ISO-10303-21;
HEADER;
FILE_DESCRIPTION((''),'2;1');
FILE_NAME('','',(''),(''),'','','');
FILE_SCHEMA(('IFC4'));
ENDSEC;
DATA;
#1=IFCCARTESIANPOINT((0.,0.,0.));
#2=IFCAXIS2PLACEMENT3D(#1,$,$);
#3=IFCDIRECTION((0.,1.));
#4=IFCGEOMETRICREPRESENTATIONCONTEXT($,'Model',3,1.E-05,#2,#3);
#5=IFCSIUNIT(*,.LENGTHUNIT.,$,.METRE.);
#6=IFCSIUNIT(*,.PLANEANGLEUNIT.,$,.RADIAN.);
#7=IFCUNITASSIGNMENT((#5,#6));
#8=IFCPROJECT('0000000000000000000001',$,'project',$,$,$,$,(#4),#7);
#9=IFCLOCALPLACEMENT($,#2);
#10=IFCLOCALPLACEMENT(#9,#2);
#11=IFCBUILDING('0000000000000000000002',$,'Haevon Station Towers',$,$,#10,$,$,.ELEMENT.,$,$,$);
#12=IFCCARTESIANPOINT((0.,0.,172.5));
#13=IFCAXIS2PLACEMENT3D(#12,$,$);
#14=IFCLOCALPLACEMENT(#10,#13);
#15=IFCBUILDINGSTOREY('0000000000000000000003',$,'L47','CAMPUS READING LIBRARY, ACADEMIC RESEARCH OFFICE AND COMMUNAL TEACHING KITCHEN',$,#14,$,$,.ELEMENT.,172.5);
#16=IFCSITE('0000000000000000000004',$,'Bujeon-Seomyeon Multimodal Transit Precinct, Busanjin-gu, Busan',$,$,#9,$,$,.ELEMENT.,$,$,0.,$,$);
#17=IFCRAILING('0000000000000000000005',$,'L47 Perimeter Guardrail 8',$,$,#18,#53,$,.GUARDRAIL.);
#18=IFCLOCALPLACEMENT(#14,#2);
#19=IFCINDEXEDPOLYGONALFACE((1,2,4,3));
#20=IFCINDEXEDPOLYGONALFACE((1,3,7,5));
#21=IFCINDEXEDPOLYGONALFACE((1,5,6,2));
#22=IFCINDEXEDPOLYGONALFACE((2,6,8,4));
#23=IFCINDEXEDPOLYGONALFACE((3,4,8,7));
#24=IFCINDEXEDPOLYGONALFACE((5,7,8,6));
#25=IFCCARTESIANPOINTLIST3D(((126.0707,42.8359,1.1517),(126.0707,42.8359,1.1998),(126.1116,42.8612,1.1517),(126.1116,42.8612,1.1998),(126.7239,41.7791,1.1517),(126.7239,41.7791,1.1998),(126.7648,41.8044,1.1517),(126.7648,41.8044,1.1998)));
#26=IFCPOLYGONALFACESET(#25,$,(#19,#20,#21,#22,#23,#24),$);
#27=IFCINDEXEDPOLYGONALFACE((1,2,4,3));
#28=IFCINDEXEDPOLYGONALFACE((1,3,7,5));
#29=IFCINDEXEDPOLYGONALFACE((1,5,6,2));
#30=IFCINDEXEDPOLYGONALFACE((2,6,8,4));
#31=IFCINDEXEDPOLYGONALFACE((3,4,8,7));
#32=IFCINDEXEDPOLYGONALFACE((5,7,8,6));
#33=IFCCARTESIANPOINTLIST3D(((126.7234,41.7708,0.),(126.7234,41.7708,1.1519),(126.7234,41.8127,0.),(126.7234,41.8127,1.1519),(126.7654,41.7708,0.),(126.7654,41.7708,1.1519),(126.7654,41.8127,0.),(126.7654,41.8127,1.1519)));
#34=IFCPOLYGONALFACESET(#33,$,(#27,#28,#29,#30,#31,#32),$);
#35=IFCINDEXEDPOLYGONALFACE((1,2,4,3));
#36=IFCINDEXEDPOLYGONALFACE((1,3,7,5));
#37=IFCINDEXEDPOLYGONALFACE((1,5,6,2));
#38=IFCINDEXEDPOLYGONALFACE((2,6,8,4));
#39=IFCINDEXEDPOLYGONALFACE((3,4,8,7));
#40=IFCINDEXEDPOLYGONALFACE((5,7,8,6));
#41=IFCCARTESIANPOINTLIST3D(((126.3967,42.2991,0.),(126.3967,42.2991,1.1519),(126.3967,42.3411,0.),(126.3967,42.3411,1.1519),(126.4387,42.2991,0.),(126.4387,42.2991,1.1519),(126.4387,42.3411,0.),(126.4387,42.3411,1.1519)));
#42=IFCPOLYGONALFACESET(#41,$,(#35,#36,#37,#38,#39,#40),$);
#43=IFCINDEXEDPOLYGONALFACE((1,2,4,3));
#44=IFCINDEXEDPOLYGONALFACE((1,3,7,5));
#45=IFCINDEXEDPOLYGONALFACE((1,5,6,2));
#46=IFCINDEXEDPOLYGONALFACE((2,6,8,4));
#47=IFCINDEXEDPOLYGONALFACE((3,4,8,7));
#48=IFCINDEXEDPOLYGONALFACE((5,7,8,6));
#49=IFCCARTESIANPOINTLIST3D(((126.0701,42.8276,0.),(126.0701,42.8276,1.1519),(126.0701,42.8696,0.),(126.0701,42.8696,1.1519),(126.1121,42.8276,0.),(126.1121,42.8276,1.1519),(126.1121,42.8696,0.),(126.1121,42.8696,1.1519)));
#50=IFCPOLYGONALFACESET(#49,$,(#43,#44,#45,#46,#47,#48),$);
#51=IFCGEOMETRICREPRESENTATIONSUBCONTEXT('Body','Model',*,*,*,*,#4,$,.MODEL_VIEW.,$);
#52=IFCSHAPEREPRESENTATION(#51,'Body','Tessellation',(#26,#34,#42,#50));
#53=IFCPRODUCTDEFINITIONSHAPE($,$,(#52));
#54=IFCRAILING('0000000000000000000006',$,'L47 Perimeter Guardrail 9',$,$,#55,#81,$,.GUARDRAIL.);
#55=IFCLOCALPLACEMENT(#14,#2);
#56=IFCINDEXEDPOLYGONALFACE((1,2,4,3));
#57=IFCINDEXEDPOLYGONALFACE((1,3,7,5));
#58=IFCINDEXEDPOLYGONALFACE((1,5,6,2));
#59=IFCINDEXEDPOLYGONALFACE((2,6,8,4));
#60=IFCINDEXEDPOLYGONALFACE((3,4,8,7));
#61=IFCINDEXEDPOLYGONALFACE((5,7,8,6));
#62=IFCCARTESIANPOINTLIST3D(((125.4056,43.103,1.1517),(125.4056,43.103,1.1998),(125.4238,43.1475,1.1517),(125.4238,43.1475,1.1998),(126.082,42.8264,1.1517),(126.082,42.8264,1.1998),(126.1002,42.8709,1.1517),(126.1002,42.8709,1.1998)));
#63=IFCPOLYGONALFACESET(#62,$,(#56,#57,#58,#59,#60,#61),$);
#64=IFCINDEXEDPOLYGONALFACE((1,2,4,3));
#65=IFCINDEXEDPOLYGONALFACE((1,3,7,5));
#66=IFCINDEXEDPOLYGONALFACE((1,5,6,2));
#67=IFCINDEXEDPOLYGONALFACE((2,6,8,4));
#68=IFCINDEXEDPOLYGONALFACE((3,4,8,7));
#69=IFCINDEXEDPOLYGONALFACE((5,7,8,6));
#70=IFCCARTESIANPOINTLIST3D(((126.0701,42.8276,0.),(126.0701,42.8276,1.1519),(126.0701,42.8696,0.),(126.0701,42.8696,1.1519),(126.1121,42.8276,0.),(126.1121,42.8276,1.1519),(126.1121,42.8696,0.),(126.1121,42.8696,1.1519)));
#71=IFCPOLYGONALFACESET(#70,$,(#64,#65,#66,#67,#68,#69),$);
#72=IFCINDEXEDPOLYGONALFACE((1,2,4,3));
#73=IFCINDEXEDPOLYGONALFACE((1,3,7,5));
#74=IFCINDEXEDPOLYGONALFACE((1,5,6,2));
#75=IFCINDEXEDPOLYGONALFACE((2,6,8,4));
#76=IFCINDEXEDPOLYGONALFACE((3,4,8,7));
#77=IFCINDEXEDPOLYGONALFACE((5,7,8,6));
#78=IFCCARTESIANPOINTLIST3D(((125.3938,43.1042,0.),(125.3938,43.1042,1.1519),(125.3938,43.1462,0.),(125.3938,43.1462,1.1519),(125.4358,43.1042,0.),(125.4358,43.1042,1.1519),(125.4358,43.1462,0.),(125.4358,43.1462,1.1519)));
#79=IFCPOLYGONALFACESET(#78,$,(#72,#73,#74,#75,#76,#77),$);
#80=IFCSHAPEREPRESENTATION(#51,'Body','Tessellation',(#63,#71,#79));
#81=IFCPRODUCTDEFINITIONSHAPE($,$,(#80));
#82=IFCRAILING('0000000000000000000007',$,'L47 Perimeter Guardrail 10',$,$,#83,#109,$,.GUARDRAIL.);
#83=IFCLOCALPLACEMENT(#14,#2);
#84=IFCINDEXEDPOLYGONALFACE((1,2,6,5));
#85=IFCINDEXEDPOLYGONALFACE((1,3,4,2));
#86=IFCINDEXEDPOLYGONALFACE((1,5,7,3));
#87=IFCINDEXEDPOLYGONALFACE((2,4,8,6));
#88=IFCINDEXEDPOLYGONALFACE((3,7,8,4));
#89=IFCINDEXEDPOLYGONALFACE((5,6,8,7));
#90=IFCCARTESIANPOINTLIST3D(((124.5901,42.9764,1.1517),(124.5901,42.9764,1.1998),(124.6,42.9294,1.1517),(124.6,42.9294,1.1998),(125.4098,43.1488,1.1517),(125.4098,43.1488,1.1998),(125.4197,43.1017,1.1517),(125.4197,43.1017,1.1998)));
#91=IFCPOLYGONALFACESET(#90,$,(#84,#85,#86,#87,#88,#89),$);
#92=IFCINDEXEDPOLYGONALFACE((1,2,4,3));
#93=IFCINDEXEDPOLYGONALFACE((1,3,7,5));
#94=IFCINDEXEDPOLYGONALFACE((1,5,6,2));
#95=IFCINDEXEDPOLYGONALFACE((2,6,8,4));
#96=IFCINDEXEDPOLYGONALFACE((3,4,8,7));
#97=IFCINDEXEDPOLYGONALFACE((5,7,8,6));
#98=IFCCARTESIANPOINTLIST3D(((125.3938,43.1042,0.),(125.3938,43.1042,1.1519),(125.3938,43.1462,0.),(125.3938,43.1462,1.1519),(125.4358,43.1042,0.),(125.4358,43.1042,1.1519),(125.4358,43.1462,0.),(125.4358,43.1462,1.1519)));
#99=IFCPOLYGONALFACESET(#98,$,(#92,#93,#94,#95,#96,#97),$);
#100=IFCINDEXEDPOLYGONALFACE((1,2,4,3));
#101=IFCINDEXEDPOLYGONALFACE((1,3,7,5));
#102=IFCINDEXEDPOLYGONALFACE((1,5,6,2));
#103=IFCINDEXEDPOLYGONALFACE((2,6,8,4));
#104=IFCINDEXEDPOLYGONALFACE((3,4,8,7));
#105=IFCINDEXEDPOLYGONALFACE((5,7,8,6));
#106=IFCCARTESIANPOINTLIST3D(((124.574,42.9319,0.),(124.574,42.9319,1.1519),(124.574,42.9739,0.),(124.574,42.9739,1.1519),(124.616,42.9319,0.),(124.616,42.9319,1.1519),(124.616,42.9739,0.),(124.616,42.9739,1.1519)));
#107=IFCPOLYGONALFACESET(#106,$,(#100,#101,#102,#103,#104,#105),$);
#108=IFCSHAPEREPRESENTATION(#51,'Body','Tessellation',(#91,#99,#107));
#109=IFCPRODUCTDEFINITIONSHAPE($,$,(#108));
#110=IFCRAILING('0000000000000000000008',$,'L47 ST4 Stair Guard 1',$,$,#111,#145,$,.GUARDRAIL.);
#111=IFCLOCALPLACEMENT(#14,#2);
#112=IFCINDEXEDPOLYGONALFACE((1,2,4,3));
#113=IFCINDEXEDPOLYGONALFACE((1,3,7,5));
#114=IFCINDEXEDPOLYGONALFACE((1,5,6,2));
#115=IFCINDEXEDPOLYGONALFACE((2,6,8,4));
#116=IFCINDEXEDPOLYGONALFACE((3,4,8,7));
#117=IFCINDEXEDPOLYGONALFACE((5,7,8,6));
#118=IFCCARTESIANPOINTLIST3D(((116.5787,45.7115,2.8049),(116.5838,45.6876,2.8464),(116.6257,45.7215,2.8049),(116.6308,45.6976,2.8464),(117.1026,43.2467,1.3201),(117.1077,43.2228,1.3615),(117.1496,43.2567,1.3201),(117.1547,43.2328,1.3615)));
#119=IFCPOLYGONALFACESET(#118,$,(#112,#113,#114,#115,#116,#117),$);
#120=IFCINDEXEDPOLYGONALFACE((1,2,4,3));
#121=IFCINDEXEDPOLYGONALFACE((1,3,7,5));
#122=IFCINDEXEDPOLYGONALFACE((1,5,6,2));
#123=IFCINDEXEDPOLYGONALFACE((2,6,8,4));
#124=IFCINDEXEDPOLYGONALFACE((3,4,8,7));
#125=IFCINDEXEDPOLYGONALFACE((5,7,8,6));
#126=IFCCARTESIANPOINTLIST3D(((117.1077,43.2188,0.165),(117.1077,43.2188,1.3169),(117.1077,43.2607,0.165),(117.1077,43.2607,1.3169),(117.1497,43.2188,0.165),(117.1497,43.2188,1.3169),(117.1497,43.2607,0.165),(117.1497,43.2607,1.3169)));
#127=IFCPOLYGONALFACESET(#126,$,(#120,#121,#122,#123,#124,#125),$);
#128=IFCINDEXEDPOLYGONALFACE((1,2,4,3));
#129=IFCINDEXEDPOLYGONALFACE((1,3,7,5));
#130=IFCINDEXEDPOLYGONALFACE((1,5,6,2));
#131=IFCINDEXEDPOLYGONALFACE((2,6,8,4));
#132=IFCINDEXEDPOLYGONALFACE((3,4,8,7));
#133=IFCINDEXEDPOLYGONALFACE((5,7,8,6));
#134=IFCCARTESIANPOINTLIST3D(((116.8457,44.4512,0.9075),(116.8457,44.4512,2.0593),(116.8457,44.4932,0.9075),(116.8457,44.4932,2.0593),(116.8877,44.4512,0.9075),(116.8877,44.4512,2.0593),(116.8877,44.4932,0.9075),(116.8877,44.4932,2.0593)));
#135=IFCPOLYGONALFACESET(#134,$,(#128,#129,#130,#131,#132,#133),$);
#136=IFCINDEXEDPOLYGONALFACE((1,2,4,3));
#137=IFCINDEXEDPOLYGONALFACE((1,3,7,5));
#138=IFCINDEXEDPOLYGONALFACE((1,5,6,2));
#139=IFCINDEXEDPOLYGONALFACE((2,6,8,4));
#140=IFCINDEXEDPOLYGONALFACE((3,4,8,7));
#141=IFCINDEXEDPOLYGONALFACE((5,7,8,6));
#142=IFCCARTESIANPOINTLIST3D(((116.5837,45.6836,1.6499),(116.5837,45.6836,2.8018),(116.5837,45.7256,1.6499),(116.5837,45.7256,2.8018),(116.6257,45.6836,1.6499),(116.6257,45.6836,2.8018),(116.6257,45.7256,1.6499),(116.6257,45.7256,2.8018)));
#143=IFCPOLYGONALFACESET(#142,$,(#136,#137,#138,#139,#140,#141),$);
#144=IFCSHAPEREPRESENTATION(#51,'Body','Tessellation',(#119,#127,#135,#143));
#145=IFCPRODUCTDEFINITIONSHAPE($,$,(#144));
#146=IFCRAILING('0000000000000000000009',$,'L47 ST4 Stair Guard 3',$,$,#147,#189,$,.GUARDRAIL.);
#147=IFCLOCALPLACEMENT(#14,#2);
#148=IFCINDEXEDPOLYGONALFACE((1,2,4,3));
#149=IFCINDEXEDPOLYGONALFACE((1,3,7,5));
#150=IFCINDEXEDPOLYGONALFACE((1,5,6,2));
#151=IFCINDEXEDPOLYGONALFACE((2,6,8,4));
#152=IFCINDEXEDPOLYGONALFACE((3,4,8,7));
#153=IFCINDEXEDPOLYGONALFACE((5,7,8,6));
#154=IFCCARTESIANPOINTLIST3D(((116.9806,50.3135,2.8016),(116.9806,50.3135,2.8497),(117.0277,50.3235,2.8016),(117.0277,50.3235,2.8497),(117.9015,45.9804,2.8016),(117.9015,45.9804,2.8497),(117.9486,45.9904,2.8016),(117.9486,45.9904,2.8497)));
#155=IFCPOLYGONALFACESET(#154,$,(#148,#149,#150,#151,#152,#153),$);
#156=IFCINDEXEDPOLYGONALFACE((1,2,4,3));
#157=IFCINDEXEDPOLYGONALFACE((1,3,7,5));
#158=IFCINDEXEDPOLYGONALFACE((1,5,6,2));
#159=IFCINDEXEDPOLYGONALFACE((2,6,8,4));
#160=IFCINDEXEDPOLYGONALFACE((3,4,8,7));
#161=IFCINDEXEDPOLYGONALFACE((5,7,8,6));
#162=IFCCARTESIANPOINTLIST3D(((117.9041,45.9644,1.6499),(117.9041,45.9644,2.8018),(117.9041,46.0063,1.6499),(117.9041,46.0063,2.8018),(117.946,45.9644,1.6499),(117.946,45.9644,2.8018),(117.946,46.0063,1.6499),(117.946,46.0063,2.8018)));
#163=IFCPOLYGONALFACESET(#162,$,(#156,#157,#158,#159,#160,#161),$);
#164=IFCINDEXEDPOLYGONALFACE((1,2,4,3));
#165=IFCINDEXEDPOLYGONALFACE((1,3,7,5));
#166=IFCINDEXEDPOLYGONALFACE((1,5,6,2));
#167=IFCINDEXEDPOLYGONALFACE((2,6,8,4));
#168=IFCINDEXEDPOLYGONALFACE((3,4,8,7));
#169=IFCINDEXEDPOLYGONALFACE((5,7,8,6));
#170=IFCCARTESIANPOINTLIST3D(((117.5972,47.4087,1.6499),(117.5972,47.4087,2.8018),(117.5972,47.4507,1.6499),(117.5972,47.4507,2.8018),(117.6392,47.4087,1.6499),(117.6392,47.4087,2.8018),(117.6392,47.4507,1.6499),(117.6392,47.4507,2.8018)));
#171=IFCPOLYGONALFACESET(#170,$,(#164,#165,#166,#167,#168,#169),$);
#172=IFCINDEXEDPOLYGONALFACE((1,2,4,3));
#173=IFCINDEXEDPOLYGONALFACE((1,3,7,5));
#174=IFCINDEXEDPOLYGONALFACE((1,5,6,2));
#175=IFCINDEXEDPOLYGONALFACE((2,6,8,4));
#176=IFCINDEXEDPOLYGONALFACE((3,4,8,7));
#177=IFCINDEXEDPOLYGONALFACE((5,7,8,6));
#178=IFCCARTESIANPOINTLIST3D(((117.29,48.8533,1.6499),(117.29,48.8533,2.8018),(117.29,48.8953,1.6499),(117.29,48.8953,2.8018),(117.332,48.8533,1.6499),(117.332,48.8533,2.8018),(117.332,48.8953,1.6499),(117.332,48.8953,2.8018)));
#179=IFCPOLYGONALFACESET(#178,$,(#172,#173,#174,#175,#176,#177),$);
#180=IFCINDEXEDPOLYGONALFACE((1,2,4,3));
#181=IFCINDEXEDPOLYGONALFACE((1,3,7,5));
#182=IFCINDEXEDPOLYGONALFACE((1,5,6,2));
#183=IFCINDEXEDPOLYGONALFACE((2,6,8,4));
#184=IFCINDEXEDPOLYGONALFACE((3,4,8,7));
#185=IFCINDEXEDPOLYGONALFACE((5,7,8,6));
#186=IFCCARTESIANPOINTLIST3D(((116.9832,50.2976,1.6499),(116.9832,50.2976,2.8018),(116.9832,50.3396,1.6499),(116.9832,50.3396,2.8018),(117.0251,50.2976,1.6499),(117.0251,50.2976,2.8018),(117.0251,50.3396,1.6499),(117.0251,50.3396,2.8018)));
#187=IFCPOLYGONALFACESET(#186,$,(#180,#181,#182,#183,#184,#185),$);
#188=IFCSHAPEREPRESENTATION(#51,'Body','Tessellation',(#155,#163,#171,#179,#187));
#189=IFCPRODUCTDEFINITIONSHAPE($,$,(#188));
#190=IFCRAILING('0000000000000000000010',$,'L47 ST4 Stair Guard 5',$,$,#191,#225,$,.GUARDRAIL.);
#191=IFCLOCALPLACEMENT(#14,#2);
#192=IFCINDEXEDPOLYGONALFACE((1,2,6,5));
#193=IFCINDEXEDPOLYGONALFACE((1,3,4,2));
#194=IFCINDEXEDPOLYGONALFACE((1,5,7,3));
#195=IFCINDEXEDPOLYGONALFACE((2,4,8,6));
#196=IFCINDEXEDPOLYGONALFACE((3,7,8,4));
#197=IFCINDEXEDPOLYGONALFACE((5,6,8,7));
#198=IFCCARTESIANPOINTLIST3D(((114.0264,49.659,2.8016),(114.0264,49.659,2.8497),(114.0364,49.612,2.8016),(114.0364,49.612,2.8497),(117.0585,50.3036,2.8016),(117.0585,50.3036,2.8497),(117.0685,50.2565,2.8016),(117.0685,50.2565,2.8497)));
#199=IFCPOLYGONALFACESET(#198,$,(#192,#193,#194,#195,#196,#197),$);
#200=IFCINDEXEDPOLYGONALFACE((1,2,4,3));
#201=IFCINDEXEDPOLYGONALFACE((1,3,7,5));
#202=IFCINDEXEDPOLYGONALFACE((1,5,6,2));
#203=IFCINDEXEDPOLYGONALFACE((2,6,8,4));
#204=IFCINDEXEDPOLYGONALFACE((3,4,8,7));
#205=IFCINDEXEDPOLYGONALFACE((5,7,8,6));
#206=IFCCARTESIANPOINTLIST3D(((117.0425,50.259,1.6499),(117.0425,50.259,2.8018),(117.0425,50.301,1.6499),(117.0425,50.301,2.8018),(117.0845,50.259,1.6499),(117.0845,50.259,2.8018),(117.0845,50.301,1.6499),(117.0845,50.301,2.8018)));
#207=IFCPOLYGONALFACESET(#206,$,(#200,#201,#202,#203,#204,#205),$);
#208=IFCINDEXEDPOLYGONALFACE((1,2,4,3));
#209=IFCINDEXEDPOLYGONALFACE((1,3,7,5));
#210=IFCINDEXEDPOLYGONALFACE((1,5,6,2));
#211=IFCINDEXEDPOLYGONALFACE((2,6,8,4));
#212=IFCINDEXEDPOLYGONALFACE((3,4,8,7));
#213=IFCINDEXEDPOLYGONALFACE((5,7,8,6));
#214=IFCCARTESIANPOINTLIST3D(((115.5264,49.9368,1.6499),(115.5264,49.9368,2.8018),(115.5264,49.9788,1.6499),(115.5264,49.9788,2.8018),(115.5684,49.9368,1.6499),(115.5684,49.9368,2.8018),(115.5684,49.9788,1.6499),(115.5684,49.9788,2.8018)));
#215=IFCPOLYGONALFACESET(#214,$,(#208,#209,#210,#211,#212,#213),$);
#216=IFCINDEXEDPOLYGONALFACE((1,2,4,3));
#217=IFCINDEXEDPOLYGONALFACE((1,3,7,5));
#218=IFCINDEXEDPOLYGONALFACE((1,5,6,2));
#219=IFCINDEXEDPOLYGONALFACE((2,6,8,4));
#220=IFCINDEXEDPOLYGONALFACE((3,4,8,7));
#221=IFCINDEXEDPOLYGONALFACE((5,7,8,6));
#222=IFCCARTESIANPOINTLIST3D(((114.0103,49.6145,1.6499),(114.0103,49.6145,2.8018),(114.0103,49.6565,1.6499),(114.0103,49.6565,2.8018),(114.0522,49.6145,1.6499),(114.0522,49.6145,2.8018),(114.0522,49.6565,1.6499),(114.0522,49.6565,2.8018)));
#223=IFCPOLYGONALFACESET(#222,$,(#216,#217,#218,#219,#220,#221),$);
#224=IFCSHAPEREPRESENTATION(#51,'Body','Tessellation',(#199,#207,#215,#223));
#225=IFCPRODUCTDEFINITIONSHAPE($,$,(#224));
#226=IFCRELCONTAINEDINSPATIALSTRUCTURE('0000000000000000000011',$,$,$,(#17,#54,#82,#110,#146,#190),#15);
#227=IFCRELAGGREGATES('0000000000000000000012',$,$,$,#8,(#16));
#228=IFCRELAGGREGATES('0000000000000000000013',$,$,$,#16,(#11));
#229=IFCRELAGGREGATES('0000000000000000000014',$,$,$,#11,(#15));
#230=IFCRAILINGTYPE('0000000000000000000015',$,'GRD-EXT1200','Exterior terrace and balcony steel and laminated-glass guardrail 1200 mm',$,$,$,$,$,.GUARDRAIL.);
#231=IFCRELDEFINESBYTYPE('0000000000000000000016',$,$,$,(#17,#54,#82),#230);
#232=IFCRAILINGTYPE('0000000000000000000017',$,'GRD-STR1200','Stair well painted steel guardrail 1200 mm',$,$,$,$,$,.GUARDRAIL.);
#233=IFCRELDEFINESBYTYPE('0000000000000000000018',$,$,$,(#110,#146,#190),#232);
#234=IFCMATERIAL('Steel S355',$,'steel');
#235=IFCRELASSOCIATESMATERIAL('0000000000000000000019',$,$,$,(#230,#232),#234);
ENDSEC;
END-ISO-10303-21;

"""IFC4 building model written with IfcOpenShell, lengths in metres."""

from ifc_helpers import new_model, si_unit, direction, frame, origin, origin_2d, place, context, subcontext, project, spatial, rectangle, extrude, material, type_object, element, save


model = new_model("IFC4")

# Units and contexts
model_context = context("Model", 3, precision=1e-05, world=origin(), true_north=direction((0.0, 1.0)))
body_context = subcontext(model_context, "Body", "Model", "MODEL_VIEW")
ifc_project = project(units=[si_unit("LENGTHUNIT", "METRE"), si_unit("PLANEANGLEUNIT", "RADIAN")], contexts=[model_context])

# Site, building, storey
site_placement = place(None, origin())
site = spatial("IfcSite", under=ifc_project, at=site_placement, Name="Bujeon-Seomyeon Multimodal Transit Precinct, Busanjin-gu, Busan", CompositionType="ELEMENT", RefElevation=0.0)
building_placement = place(site_placement, origin())
building = spatial("IfcBuilding", under=site, at=building_placement, Name="Haevon Station Towers", CompositionType="ELEMENT")
storey_placement = place(building_placement, frame((0.0, 0.0, 172.5)))
storey = spatial("IfcBuildingStorey", under=building, at=storey_placement, Name="L47", Description="CAMPUS READING LIBRARY, ACADEMIC RESEARCH OFFICE AND COMMUNAL TEACHING KITCHEN", CompositionType="ELEMENT", Elevation=172.5)

# Shared definitions
ifc_material_1 = material(Name="Steel S355", Category="steel")

# Railings
railing_type_1 = type_object("IfcRailingType", Name="GRD-EXT1200", Description="Exterior terrace and balcony steel and laminated-glass guardrail 1200 mm", PredefinedType="GUARDRAIL", material=ifc_material_1)
railing_1_placement = place(storey_placement, frame((126.7444, 41.7917, 0.0)))
element("IfcRailing", 1, at=railing_1_placement, inside=storey, type_object=railing_type_1, Name="L47 Perimeter Guardrail 8", PredefinedType="GUARDRAIL", context=body_context, shape_type="SweptSolid", body=[
    extrude(rectangle(XDim=0.0481, YDim=0.0481, at=origin_2d()), frame((0.0, 0.0, 1.1758), z_axis=(-0.525807, 0.850604, 0.0), x_axis=(-0.850604, -0.525807, 0.0)), (0.0, 0.0, 1.0), 1.2424),
    extrude(rectangle(XDim=0.042, YDim=0.042, at=origin_2d()), origin(), (0.0, 0.0, 1.0), 1.1519),
    extrude(rectangle(XDim=0.042, YDim=0.042, at=origin_2d()), frame((-0.3267, 0.5283, 0.0)), (0.0, 0.0, 1.0), 1.1519),
    extrude(rectangle(XDim=0.042, YDim=0.042, at=origin_2d()), frame((-0.6533, 1.0569, 0.0)), (0.0, 0.0, 1.0), 1.1519),
])
railing_2_placement = place(storey_placement, frame((126.0911, 42.8486, 0.0)))
element("IfcRailing", 2, at=railing_2_placement, inside=storey, type_object=railing_type_1, Name="L47 Perimeter Guardrail 9", PredefinedType="GUARDRAIL", context=body_context, shape_type="SweptSolid", body=[
    extrude(rectangle(XDim=0.0481, YDim=0.0481, at=origin_2d()), frame((0.0, 0.0, 1.1758), z_axis=(-0.925568, 0.378581, 0.0), x_axis=(-0.378581, -0.925568, 0.0)), (0.0, 0.0, 1.0), 0.7307),
    extrude(rectangle(XDim=0.042, YDim=0.042, at=origin_2d()), origin(), (0.0, 0.0, 1.0), 1.1519),
    extrude(rectangle(XDim=0.042, YDim=0.042, at=origin_2d()), frame((-0.6763, 0.2766, 0.0)), (0.0, 0.0, 1.0), 1.1519),
])
railing_3_placement = place(storey_placement, frame((125.4148, 43.1252, 0.0)))
element("IfcRailing", 3, at=railing_3_placement, inside=storey, type_object=railing_type_1, Name="L47 Perimeter Guardrail 10", PredefinedType="GUARDRAIL", context=body_context, shape_type="SweptSolid", body=[
    extrude(rectangle(XDim=0.0481, YDim=0.0481, at=origin_2d()), frame((0.0, 0.0, 1.1758), z_axis=(-0.978605, -0.205746, 0.0), x_axis=(0.205746, -0.978605, 0.0)), (0.0, 0.0, 1.0), 0.8376),
    extrude(rectangle(XDim=0.042, YDim=0.042, at=origin_2d()), origin(), (0.0, 0.0, 1.0), 1.1519),
    extrude(rectangle(XDim=0.042, YDim=0.042, at=origin_2d()), frame((-0.8198, -0.1724, 0.0)), (0.0, 0.0, 1.0), 1.1519),
])
railing_type_2 = type_object("IfcRailingType", Name="GRD-STR1200", Description="Stair well painted steel guardrail 1200 mm", PredefinedType="GUARDRAIL", material=ifc_material_1)
railing_4_placement = place(storey_placement, frame((117.1287, 43.2397, 0.165)))
element("IfcRailing", 4, at=railing_4_placement, inside=storey, type_object=railing_type_2, Name="L47 ST4 Stair Guard 1", PredefinedType="GUARDRAIL", context=body_context, shape_type="SweptSolid", body=[
    extrude(rectangle(XDim=0.0481, YDim=0.0481, at=origin_2d()), frame((0.0, 0.0, 1.1758), z_axis=(-0.179129, 0.842724, 0.507671), x_axis=(-0.978147, -0.207914, 0.0)), (0.0, 0.0, 1.0), 2.9248),
    extrude(rectangle(XDim=0.042, YDim=0.042, at=origin_2d()), origin(), (0.0, 0.0, 1.0), 1.1519),
    extrude(rectangle(XDim=0.042, YDim=0.042, at=origin_2d()), frame((-0.262, 1.2324, 0.7424)), (0.0, 0.0, 1.0), 1.1519),
    extrude(rectangle(XDim=0.042, YDim=0.042, at=origin_2d()), frame((-0.5239, 2.4648, 1.4849)), (0.0, 0.0, 1.0), 1.1519),
])
railing_5_placement = place(storey_placement, frame((117.925, 45.9854, 1.6499)))
element("IfcRailing", 5, at=railing_5_placement, inside=storey, type_object=railing_type_2, Name="L47 ST4 Stair Guard 3", PredefinedType="GUARDRAIL", context=body_context, shape_type="SweptSolid", body=[
    extrude(rectangle(XDim=0.0481, YDim=0.0481, at=origin_2d()), frame((0.0, 0.0, 1.1758), z_axis=(-0.207877, 0.978155, 0.0), x_axis=(-0.978155, -0.207877, 0.0)), (0.0, 0.0, 1.0), 4.4299),
    extrude(rectangle(XDim=0.042, YDim=0.042, at=origin_2d()), origin(), (0.0, 0.0, 1.0), 1.1519),
    extrude(rectangle(XDim=0.042, YDim=0.042, at=origin_2d()), frame((-0.3069, 1.4443, 0.0)), (0.0, 0.0, 1.0), 1.1519),
    extrude(rectangle(XDim=0.042, YDim=0.042, at=origin_2d()), frame((-0.614, 2.8889, 0.0)), (0.0, 0.0, 1.0), 1.1519),
    extrude(rectangle(XDim=0.042, YDim=0.042, at=origin_2d()), frame((-0.9209, 4.3333, 0.0)), (0.0, 0.0, 1.0), 1.1519),
])
railing_6_placement = place(storey_placement, frame((117.0635, 50.28, 1.6499)))
element("IfcRailing", 6, at=railing_6_placement, inside=storey, type_object=railing_type_2, Name="L47 ST4 Stair Guard 5", PredefinedType="GUARDRAIL", context=body_context, shape_type="SweptSolid", body=[
    extrude(rectangle(XDim=0.0481, YDim=0.0481, at=origin_2d()), frame((0.0, 0.0, 1.1758), z_axis=(-0.978147, -0.207915, 0.0), x_axis=(0.207915, -0.978147, 0.0)), (0.0, 0.0, 1.0), 3.0999),
    extrude(rectangle(XDim=0.042, YDim=0.042, at=origin_2d()), origin(), (0.0, 0.0, 1.0), 1.1519),
    extrude(rectangle(XDim=0.042, YDim=0.042, at=origin_2d()), frame((-1.5161, -0.3223, 0.0)), (0.0, 0.0, 1.0), 1.1519),
    extrude(rectangle(XDim=0.042, YDim=0.042, at=origin_2d()), frame((-3.0322, -0.6445, 0.0)), (0.0, 0.0, 1.0), 1.1519),
])

save(model, "model.ifc")
